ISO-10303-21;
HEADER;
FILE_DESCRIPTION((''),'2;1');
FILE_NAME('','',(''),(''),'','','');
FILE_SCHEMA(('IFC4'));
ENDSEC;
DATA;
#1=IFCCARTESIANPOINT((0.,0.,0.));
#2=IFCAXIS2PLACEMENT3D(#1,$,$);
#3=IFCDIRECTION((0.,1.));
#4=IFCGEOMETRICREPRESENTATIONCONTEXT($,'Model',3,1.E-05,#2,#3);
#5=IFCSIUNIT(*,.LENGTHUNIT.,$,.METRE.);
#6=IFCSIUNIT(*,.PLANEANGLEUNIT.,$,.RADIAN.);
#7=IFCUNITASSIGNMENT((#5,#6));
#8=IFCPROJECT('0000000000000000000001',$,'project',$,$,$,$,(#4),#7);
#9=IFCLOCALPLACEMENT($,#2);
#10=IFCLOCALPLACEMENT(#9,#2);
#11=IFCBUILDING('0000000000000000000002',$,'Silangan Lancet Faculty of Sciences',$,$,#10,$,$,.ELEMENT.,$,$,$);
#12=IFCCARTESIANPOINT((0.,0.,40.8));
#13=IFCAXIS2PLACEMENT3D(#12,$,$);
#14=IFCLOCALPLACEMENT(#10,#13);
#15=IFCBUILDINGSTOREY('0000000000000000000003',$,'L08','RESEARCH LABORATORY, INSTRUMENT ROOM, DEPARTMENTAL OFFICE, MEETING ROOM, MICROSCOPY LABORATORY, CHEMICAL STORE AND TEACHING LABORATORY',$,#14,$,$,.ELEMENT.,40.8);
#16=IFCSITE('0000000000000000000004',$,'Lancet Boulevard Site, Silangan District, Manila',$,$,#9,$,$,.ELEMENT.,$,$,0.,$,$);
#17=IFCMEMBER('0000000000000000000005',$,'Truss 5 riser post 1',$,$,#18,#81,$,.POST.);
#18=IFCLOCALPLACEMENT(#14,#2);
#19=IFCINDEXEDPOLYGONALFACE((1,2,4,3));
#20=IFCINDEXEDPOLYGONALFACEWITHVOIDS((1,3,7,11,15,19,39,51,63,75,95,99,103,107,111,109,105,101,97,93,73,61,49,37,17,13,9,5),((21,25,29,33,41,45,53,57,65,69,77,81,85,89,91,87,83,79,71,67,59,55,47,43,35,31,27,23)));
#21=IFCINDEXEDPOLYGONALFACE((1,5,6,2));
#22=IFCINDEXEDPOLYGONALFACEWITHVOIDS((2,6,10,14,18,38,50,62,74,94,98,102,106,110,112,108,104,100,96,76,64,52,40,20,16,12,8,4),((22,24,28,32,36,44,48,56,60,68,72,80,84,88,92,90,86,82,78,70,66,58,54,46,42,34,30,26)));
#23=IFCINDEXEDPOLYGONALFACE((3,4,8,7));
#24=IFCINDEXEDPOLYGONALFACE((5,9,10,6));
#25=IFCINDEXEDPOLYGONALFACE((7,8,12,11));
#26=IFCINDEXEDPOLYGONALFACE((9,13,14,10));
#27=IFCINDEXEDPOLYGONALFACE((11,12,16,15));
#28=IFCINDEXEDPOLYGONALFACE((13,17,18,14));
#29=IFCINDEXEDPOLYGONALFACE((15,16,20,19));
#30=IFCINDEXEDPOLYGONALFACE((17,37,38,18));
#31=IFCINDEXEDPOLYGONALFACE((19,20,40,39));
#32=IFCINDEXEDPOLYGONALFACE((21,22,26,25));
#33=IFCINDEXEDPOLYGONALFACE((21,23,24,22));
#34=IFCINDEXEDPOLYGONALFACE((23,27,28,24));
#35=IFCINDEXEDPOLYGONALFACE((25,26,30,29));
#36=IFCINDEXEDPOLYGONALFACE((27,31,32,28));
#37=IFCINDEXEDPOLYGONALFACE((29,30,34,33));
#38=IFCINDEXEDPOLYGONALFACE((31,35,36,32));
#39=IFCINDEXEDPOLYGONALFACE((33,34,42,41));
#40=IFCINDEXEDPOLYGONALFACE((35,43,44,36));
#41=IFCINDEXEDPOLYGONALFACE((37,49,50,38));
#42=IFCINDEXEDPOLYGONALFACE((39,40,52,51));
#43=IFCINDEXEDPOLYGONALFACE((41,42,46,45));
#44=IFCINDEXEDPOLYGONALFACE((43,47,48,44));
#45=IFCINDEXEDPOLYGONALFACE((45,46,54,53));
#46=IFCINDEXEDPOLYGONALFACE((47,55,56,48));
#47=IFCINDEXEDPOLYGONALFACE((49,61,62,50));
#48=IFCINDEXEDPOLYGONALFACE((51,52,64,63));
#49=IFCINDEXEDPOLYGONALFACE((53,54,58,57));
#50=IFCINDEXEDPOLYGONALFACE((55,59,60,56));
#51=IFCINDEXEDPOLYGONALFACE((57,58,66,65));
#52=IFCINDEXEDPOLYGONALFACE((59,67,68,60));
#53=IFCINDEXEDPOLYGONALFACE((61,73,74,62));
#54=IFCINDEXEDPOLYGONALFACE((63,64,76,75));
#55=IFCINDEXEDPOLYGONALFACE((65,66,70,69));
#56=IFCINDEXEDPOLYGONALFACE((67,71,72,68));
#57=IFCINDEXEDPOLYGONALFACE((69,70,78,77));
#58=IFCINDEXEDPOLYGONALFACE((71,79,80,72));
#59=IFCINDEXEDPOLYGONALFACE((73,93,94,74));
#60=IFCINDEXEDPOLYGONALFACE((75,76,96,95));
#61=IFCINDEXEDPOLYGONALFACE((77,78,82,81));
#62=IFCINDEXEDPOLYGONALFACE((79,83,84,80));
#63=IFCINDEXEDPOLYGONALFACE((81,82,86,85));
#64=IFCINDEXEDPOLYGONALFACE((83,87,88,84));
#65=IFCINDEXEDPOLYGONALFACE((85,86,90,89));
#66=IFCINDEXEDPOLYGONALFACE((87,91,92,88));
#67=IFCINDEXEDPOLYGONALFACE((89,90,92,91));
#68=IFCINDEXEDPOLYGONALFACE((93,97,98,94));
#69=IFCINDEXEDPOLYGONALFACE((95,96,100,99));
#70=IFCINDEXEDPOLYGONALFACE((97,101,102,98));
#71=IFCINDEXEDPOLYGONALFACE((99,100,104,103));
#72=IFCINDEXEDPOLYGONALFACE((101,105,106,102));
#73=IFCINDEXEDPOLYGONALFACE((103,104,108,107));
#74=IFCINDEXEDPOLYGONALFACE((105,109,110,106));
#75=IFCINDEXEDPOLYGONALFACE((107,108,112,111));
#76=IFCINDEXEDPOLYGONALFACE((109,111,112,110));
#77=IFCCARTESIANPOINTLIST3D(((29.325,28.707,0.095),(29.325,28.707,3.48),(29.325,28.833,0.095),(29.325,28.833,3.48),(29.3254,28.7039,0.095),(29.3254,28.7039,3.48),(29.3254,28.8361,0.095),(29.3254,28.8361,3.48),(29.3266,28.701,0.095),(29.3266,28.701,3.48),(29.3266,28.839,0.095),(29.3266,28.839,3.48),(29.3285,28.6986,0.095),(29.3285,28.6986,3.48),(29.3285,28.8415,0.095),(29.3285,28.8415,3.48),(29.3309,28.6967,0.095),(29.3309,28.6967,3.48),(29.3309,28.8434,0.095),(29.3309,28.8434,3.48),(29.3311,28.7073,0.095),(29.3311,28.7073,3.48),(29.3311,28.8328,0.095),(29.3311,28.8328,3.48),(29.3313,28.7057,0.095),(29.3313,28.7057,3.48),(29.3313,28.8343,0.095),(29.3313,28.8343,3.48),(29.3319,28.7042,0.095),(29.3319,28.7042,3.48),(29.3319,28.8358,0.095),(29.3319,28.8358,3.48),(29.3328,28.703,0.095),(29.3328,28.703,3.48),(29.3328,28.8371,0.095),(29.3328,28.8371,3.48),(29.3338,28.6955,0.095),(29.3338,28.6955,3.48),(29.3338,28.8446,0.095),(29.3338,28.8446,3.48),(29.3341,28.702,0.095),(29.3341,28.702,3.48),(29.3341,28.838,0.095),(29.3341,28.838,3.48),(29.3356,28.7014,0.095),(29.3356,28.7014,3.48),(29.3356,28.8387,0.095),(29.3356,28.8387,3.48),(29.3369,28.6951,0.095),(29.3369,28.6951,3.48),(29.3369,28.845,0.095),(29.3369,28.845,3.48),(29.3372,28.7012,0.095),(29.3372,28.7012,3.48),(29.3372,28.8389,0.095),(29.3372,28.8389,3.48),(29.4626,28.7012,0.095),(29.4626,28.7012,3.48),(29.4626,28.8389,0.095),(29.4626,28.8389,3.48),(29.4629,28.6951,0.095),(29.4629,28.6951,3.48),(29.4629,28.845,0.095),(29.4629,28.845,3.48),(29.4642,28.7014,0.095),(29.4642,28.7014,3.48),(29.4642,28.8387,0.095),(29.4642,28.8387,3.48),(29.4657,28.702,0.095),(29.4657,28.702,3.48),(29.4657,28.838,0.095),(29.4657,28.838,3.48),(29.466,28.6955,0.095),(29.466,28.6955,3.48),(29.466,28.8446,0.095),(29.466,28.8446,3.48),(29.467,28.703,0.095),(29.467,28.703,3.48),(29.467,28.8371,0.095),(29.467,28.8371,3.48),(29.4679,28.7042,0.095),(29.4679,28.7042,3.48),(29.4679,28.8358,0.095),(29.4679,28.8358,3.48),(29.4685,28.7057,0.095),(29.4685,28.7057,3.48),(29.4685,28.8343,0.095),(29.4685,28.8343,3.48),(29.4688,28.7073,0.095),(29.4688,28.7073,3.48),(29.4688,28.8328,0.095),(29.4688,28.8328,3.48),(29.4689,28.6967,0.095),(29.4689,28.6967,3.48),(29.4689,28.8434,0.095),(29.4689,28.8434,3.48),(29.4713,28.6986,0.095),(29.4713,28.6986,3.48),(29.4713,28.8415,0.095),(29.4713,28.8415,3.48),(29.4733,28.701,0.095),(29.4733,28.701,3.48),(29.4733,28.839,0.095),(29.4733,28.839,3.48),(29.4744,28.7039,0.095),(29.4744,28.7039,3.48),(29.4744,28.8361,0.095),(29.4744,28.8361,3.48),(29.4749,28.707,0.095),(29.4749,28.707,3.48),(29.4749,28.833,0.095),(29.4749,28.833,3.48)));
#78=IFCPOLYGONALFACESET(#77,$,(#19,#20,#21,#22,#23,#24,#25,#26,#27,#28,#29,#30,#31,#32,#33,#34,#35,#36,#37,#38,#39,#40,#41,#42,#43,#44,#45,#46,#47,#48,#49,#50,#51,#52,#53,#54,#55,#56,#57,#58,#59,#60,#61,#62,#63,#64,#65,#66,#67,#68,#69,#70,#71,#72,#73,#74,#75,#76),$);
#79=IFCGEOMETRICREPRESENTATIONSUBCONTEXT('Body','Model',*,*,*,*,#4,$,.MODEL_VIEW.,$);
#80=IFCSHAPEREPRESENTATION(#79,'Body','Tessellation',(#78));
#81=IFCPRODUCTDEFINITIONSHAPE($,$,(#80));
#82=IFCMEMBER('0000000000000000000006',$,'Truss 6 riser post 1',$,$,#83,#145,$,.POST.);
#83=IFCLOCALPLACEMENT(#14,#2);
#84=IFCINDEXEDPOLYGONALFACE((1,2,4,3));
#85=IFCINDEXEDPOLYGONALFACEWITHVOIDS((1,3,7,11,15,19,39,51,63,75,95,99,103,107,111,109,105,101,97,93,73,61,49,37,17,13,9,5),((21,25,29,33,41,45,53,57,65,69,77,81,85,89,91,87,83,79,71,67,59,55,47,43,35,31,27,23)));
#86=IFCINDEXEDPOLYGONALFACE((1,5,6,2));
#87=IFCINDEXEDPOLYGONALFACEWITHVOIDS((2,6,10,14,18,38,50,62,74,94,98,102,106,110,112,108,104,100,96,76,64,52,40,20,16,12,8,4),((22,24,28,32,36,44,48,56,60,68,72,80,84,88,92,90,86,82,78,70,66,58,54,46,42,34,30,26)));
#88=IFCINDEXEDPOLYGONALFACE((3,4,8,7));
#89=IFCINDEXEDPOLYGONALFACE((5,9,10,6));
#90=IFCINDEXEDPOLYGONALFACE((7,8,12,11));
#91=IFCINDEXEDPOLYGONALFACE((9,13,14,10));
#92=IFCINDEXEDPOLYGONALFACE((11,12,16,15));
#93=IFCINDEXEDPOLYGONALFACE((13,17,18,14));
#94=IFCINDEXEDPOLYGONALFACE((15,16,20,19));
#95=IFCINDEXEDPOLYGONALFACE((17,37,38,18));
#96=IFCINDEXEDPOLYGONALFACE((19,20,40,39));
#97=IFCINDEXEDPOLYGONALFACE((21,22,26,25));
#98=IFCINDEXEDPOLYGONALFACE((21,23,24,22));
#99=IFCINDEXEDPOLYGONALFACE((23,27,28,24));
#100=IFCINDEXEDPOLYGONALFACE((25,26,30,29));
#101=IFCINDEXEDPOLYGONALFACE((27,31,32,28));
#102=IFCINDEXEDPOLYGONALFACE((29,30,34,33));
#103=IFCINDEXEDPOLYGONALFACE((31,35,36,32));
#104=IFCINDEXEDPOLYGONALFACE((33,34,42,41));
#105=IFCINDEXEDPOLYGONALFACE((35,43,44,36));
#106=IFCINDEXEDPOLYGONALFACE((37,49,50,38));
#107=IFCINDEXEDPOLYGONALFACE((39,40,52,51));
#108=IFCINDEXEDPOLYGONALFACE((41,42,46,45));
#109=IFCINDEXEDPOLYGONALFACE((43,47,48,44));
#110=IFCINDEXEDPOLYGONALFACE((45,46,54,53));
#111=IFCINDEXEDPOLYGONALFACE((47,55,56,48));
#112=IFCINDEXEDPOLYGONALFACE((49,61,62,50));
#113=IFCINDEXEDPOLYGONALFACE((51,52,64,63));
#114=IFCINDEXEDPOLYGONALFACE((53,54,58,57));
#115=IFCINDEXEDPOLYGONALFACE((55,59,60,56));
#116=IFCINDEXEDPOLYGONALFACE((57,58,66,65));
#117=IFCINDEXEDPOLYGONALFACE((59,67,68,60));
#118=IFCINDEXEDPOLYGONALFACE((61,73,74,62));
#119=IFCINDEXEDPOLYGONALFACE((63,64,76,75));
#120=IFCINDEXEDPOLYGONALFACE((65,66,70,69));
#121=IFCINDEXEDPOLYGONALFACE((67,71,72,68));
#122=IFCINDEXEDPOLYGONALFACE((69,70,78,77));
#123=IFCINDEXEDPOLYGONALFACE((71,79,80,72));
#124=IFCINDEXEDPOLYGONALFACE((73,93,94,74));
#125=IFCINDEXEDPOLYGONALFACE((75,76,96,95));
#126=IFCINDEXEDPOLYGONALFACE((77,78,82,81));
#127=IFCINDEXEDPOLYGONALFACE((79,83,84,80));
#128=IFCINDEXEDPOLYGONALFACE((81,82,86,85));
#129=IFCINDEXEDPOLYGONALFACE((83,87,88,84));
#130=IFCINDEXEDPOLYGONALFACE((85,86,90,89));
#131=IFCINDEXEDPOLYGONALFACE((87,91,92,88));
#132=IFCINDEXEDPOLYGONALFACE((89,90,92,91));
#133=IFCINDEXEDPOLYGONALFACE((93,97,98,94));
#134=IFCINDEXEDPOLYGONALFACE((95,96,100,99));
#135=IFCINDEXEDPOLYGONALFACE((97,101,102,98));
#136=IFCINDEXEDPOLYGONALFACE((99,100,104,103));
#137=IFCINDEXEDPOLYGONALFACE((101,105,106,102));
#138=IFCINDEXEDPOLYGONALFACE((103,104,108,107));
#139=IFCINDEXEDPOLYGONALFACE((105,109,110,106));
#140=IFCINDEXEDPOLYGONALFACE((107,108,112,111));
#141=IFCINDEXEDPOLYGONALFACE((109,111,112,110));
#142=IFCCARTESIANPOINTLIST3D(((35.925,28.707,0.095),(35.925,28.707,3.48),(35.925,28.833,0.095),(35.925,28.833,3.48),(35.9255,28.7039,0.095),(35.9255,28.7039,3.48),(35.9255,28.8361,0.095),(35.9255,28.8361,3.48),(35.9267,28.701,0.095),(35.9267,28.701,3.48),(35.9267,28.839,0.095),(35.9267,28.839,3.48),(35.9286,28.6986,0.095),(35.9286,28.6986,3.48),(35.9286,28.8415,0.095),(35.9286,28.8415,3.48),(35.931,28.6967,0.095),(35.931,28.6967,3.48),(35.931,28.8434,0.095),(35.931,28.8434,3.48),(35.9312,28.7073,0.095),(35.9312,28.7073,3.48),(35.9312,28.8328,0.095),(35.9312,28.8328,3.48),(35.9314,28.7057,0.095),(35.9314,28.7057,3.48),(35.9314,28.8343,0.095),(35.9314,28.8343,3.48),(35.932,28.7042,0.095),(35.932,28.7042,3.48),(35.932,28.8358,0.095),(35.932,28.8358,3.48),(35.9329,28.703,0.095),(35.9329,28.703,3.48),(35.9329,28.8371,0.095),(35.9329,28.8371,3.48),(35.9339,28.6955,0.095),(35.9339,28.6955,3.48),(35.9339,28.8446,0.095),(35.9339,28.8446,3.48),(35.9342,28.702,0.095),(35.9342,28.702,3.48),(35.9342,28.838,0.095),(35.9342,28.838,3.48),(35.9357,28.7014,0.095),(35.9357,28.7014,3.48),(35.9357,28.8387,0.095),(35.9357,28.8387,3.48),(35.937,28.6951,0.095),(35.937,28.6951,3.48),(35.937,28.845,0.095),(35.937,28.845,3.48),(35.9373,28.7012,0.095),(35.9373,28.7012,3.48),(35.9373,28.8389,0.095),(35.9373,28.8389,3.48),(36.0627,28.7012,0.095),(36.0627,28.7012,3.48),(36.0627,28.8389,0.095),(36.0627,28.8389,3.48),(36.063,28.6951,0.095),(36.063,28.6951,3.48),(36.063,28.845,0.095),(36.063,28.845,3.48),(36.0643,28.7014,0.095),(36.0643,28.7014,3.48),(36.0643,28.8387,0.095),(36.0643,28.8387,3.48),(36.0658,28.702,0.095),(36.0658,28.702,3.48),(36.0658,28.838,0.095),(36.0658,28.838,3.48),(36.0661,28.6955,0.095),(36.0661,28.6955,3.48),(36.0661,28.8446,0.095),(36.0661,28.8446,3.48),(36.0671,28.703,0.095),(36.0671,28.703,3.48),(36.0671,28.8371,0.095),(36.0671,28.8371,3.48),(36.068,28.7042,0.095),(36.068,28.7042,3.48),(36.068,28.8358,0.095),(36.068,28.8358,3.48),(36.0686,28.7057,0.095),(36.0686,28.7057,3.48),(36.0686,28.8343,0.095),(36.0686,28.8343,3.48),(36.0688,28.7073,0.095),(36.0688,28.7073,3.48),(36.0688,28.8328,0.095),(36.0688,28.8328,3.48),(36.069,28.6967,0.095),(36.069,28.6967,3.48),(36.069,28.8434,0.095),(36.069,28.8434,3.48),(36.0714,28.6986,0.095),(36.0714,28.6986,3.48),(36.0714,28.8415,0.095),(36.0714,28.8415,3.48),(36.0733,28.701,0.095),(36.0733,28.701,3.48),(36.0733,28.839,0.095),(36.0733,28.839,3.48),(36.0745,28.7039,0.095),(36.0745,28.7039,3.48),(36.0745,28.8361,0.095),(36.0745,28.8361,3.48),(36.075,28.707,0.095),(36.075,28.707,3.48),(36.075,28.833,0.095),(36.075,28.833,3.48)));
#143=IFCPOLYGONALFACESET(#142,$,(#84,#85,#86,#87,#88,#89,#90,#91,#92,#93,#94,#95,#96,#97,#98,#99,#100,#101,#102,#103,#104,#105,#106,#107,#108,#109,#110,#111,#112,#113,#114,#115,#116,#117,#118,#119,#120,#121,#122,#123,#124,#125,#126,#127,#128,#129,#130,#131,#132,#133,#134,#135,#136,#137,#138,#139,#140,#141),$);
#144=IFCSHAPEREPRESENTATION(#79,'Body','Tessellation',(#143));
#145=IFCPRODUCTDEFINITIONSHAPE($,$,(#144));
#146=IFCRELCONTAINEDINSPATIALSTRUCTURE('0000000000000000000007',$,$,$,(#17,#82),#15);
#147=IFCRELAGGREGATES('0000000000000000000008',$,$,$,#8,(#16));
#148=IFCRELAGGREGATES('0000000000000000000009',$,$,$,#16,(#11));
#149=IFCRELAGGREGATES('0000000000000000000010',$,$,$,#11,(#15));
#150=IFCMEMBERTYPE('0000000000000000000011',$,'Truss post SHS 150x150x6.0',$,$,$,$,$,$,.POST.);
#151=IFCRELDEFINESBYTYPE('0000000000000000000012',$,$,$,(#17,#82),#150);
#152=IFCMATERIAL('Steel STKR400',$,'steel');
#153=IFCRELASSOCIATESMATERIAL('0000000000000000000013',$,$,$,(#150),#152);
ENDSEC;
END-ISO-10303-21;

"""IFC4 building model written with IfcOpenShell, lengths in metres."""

from ifc_helpers import new_model, si_unit, direction, frame, origin, origin_2d, place, context, subcontext, project, spatial, hollow_rectangle, extrude, material, material_profile, profile_set, type_object, element, save


model = new_model("IFC4")

# Units and contexts
model_context = context("Model", 3, precision=1e-05, world=origin(), true_north=direction((0.0, 1.0)))
body_context = subcontext(model_context, "Body", "Model", "MODEL_VIEW")
ifc_project = project(units=[si_unit("LENGTHUNIT", "METRE"), si_unit("PLANEANGLEUNIT", "RADIAN")], contexts=[model_context])

# Site, building, storey
site_placement = place(None, origin())
site = spatial("IfcSite", under=ifc_project, at=site_placement, Name="Lancet Boulevard Site, Silangan District, Manila", CompositionType="ELEMENT", RefElevation=0.0)
building_placement = place(site_placement, origin())
building = spatial("IfcBuilding", under=site, at=building_placement, Name="Silangan Lancet Faculty of Sciences", CompositionType="ELEMENT")
storey_placement = place(building_placement, frame((0.0, 0.0, 40.8)))
storey = spatial("IfcBuildingStorey", under=building, at=storey_placement, Name="L08", Description="RESEARCH LABORATORY, INSTRUMENT ROOM, DEPARTMENTAL OFFICE, MEETING ROOM, MICROSCOPY LABORATORY, CHEMICAL STORE AND TEACHING LABORATORY", CompositionType="ELEMENT", Elevation=40.8)

# Members
ifc_material_1 = material(Name="Steel STKR400", Category="steel")
ifc_material_profile_1 = material_profile(ifc_material_1, hollow_rectangle(XDim=0.1499, YDim=0.1499, WallThickness=0.0061, InnerFilletRadius=0.0061, OuterFilletRadius=0.012, at=origin_2d()), Name="SHS 150x150x6.0")
ifc_profile_set_1 = profile_set([ifc_material_profile_1], Name="Steel STKR400")
member_type_1 = type_object("IfcMemberType", Name="Truss post SHS 150x150x6.0", PredefinedType="POST", material=ifc_profile_set_1)
for number, where, z_axis, x_axis, name in (
    (1, (29.3999, 28.77, 0.095), (0.0, 0.0, 1.0), (1.0, 0.0, 0.0), "Truss 5 riser post 1"),
    (2, (36.0, 28.77, 0.095), (0.0, 0.0, 1.0), (1.0, 0.0, 0.0), "Truss 6 riser post 1"),
):
    element("IfcMember", number, at=place(storey_placement, frame(where, z_axis=z_axis, x_axis=x_axis)), inside=storey, type_object=member_type_1, Name=name, PredefinedType="POST", context=body_context, shape_type="SweptSolid", body=[
        extrude(hollow_rectangle(XDim=0.1499, YDim=0.1499, WallThickness=0.0061, InnerFilletRadius=0.0061, OuterFilletRadius=0.012, at=origin_2d()), origin(), (0.0, 0.0, 1.0), 3.385),
    ])

save(model, "model.ifc")
